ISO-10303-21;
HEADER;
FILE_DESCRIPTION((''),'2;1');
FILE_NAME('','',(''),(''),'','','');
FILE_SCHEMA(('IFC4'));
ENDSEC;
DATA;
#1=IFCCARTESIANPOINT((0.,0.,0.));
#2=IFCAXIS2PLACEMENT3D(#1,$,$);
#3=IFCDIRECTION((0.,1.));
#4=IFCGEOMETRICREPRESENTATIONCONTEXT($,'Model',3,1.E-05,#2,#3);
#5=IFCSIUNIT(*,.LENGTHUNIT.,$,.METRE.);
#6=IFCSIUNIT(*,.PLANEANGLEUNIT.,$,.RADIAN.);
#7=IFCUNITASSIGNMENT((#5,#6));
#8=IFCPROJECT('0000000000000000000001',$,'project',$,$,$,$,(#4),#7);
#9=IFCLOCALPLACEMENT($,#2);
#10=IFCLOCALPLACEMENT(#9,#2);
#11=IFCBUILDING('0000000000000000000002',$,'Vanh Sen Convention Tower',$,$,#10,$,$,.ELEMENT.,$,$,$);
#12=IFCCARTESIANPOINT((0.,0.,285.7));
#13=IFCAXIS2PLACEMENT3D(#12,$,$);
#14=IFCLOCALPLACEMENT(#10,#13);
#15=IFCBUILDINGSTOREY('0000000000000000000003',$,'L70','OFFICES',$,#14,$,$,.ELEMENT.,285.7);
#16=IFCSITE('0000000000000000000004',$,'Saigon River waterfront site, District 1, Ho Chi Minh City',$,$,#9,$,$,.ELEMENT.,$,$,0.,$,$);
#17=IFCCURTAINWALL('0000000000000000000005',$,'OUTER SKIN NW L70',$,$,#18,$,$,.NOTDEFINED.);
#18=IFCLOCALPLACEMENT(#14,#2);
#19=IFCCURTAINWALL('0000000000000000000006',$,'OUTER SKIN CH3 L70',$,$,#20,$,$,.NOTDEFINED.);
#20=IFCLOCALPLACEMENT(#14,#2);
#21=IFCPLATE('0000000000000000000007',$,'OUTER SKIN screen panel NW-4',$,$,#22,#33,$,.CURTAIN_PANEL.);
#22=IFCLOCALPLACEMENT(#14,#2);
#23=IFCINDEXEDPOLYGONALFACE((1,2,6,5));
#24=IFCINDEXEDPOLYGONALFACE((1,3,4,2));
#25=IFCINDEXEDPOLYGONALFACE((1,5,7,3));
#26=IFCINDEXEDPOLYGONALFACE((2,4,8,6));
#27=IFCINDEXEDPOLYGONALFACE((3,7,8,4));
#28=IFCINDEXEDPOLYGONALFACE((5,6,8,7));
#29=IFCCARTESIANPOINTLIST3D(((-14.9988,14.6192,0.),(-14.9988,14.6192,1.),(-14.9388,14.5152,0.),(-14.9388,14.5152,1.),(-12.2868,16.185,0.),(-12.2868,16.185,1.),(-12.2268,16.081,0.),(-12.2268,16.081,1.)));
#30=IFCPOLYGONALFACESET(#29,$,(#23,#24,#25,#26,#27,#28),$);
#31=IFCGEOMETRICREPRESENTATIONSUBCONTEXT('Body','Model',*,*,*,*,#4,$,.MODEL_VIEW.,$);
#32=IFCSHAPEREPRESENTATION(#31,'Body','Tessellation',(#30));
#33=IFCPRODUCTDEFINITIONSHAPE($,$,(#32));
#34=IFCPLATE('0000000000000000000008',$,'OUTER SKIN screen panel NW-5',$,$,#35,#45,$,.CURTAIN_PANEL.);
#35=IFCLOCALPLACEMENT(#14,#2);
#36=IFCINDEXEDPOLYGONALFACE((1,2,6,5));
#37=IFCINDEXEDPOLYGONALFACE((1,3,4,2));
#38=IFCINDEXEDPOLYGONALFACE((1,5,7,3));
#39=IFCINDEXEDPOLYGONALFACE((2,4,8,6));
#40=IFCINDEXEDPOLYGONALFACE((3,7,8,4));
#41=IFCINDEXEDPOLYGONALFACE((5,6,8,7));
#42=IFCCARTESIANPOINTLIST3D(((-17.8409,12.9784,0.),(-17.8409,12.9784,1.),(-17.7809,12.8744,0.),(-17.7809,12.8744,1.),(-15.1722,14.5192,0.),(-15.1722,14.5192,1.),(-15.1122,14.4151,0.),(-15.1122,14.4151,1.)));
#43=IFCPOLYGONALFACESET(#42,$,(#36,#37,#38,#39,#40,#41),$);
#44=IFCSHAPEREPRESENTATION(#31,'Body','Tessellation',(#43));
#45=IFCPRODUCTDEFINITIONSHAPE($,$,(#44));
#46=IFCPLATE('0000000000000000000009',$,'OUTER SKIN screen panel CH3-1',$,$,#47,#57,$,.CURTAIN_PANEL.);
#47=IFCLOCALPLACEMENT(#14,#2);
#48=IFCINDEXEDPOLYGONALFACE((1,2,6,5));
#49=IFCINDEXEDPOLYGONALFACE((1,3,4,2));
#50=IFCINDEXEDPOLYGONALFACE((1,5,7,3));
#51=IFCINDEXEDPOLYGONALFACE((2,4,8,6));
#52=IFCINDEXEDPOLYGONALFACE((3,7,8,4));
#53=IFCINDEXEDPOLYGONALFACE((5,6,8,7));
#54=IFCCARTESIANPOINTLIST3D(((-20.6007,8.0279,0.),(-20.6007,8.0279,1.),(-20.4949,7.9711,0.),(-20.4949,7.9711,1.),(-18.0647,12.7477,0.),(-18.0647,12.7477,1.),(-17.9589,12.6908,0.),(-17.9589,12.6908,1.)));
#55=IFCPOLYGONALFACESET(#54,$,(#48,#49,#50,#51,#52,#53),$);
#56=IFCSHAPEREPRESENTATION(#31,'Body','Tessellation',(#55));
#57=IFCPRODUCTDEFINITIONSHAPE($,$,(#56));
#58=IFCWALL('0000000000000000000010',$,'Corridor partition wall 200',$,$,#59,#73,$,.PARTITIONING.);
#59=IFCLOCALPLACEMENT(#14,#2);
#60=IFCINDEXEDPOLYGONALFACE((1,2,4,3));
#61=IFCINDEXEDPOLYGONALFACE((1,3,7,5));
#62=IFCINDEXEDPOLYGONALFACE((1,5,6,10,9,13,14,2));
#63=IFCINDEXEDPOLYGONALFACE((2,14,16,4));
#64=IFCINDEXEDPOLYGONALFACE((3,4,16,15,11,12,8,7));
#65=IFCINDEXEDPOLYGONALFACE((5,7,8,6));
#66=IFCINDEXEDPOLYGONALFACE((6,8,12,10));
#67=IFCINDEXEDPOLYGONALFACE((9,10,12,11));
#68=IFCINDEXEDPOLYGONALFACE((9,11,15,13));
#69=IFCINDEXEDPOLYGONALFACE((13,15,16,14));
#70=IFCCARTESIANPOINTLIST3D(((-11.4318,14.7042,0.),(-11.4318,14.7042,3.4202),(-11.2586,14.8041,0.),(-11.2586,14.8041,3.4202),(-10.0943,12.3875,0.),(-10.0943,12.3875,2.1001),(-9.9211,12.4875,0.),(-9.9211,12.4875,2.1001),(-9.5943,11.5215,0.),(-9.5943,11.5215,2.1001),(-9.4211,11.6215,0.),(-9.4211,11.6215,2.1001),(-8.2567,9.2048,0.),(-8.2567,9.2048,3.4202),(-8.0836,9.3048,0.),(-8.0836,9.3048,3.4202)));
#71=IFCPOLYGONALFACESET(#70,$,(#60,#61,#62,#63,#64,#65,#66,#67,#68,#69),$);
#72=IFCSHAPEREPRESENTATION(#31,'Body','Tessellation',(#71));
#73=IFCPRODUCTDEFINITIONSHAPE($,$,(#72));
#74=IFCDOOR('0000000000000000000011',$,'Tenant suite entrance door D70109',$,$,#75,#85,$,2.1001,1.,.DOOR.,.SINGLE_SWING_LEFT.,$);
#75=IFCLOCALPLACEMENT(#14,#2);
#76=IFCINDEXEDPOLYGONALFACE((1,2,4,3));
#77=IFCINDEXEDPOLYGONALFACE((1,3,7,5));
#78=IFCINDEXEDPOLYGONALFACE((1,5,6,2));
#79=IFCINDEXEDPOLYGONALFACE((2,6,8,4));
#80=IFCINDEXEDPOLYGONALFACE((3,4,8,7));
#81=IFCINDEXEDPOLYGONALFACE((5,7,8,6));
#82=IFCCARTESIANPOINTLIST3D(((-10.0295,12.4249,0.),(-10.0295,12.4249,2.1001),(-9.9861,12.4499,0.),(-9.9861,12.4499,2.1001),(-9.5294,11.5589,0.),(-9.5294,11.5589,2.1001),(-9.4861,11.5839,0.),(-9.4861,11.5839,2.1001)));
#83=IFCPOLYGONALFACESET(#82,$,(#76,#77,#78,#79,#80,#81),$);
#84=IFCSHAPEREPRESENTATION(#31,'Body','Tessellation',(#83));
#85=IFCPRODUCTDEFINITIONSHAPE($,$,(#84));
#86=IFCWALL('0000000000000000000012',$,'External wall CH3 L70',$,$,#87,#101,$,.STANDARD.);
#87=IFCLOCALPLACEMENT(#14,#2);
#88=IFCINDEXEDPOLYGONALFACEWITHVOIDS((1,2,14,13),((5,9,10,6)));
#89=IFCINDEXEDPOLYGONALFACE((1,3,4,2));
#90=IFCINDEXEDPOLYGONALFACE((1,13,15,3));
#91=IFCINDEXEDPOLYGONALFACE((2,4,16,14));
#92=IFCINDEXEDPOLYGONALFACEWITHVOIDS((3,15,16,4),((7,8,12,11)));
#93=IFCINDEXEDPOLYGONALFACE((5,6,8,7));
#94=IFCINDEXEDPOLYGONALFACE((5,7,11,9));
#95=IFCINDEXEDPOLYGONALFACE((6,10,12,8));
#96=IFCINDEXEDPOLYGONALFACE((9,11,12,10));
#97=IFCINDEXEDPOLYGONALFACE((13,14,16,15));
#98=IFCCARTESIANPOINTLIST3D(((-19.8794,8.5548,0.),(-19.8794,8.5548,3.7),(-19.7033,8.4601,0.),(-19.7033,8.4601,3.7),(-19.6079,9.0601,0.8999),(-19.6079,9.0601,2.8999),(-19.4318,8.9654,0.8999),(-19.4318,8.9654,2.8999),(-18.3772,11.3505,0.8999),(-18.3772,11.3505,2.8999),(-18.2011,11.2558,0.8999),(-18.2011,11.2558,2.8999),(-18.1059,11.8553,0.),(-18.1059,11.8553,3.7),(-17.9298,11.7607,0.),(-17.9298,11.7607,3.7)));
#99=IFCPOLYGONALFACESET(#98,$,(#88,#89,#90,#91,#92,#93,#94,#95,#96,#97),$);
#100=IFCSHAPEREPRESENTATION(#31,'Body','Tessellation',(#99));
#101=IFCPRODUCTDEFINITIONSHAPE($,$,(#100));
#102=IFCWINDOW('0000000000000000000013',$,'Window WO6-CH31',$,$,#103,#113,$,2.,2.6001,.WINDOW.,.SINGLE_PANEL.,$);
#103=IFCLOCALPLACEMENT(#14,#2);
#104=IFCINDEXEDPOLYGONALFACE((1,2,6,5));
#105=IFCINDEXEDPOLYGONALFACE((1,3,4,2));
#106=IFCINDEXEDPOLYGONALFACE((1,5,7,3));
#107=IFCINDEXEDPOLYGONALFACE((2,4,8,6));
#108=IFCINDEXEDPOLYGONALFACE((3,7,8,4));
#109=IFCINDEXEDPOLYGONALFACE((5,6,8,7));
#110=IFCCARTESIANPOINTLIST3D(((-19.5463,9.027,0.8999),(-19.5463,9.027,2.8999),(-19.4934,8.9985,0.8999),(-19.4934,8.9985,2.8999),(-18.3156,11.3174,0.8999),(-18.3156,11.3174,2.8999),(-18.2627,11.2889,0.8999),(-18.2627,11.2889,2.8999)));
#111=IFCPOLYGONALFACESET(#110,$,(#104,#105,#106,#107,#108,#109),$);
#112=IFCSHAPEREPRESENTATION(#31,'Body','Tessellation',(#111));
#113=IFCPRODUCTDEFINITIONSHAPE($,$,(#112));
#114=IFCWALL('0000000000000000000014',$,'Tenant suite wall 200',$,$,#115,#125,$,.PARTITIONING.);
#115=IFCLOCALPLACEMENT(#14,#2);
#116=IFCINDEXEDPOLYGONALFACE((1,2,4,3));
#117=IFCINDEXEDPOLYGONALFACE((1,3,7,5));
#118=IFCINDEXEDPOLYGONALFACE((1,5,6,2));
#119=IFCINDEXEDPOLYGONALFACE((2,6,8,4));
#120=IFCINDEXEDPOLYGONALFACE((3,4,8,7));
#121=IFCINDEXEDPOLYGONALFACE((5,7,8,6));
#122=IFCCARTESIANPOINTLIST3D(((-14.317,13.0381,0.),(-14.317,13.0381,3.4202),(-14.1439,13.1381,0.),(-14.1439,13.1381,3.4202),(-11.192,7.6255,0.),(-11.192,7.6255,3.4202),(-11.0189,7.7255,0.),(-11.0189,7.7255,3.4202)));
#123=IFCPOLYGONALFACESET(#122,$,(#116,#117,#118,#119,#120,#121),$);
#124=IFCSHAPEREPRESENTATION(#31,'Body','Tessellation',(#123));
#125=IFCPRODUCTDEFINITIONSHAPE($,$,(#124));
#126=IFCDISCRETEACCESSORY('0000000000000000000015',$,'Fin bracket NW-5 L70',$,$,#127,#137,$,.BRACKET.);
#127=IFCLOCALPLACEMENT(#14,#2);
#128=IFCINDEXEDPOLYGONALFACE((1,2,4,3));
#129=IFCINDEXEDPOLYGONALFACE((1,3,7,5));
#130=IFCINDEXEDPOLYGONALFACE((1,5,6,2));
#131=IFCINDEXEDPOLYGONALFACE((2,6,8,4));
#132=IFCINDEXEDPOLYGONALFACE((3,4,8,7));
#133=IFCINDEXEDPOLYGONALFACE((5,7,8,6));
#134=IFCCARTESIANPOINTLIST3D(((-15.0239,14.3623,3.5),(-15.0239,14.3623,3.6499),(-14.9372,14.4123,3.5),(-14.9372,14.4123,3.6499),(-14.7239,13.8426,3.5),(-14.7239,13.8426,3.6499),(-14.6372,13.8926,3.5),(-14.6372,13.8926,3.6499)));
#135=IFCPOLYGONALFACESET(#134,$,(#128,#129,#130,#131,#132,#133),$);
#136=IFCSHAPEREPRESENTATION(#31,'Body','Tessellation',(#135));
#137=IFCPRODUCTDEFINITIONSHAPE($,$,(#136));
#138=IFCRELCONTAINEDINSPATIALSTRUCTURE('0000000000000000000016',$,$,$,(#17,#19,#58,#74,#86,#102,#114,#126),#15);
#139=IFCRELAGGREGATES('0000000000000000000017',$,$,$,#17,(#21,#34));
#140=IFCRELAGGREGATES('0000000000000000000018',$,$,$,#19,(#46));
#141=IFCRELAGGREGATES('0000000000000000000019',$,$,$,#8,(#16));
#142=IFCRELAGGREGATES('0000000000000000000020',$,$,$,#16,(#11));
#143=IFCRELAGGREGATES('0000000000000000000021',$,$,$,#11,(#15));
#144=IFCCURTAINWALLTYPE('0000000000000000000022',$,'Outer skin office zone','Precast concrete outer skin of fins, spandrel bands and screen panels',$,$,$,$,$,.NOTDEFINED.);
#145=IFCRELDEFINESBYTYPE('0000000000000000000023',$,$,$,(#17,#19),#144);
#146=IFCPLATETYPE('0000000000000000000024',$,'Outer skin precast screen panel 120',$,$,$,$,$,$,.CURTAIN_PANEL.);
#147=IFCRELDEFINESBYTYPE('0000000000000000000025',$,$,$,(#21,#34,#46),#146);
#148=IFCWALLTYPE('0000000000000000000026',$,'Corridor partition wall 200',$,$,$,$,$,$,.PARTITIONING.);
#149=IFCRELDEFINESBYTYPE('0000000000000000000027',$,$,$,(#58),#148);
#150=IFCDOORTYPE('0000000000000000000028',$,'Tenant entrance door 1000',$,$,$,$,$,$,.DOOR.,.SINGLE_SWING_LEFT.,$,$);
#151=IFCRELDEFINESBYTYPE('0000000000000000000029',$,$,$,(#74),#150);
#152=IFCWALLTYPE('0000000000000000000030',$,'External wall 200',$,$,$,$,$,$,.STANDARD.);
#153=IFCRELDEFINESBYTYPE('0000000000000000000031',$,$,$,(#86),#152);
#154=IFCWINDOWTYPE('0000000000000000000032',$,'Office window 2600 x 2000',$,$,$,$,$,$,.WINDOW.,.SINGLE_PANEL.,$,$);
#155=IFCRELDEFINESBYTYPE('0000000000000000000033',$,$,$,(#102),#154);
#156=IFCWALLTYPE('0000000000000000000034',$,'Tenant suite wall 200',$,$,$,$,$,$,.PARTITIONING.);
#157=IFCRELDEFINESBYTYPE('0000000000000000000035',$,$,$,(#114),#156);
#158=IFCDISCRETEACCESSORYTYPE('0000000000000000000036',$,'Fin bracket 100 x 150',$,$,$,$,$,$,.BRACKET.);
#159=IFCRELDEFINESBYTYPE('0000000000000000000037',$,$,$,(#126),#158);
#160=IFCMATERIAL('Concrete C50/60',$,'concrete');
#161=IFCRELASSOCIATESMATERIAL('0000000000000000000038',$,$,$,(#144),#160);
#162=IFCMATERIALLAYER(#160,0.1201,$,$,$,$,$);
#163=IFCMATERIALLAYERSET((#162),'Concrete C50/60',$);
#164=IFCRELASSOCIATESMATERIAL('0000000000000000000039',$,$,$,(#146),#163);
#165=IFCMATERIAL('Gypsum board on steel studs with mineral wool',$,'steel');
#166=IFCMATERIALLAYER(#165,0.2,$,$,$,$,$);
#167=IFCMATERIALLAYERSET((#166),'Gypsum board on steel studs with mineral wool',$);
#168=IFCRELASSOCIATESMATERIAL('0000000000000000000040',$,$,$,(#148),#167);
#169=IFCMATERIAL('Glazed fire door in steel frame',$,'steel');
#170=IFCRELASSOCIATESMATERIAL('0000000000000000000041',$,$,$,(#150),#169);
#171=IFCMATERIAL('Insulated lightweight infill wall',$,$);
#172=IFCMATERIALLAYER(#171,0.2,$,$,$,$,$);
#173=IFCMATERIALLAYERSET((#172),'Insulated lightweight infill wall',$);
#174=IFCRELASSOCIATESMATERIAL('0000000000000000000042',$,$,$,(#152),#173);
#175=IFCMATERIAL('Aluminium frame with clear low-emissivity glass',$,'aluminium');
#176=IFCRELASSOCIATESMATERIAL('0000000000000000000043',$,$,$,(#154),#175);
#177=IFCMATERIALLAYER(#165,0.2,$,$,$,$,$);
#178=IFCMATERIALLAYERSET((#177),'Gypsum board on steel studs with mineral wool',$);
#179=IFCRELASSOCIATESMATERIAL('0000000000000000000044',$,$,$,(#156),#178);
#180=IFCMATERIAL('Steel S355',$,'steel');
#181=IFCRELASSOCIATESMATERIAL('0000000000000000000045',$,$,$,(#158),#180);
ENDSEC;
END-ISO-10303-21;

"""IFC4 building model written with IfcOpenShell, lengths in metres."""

from ifc_helpers import new_model, si_unit, direction, frame, frame_2d, origin, origin_2d, place, context, subcontext, project, spatial, rectangle, extrude, material, layer, layer_set, type_object, element, fill, aggregate, save


model = new_model("IFC4")

# Units and contexts
model_context = context("Model", 3, precision=1e-05, world=origin(), true_north=direction((0.0, 1.0)))
body_context = subcontext(model_context, "Body", "Model", "MODEL_VIEW")
ifc_project = project(units=[si_unit("LENGTHUNIT", "METRE"), si_unit("PLANEANGLEUNIT", "RADIAN")], contexts=[model_context])

# Site, building, storey
site_placement = place(None, origin())
site = spatial("IfcSite", under=ifc_project, at=site_placement, Name="Saigon River waterfront site, District 1, Ho Chi Minh City", CompositionType="ELEMENT", RefElevation=0.0)
building_placement = place(site_placement, origin())
building = spatial("IfcBuilding", under=site, at=building_placement, Name="Vanh Sen Convention Tower", CompositionType="ELEMENT")
storey_placement = place(building_placement, frame((0.0, 0.0, 285.7)))
storey = spatial("IfcBuildingStorey", under=building, at=storey_placement, Name="L70", Description="OFFICES", CompositionType="ELEMENT", Elevation=285.7)

# Curtain wall
ifc_material_1 = material(Name="Concrete C50/60", Category="concrete")
curtain_wall_type = type_object("IfcCurtainWallType", Name="Outer skin office zone", Description="Precast concrete outer skin of fins, spandrel bands and screen panels", PredefinedType="NOTDEFINED", material=ifc_material_1)
curtain_wall_1_placement = place(storey_placement, origin())
curtain_wall_1 = element("IfcCurtainWall", 1, at=curtain_wall_1_placement, inside=storey, type_object=curtain_wall_type, Name="OUTER SKIN NW L70", PredefinedType="NOTDEFINED")

# Curtain wall
curtain_wall_2_placement = place(storey_placement, origin())
curtain_wall_2 = element("IfcCurtainWall", 2, at=curtain_wall_2_placement, inside=storey, type_object=curtain_wall_type, Name="OUTER SKIN CH3 L70", PredefinedType="NOTDEFINED")

# Plates
ifc_layer_1 = layer(ifc_material_1, 0.1201)
ifc_layer_set_1 = layer_set([ifc_layer_1], Name="Concrete C50/60")
plate_type = type_object("IfcPlateType", Name="Outer skin precast screen panel 120", PredefinedType="CURTAIN_PANEL", material=ifc_layer_set_1)
plate_1_placement = place(storey_placement, frame((-13.6128, 15.3501, 0.0), z_axis=(0.0, 0.0, 1.0), x_axis=(-0.866016, -0.500017, 0.0)))
plate_1 = element("IfcPlate", 3, at=plate_1_placement, type_object=plate_type, Name="OUTER SKIN screen panel NW-4", PredefinedType="CURTAIN_PANEL", context=body_context, shape_type="SweptSolid", body=[
    extrude(rectangle(XDim=3.1316, YDim=0.1201, at=origin_2d()), origin(), (0.0, 0.0, 1.0), 1.0),
])
plate_2_placement = place(storey_placement, frame((-16.4766, 13.6968, 0.0), z_axis=(0.0, 0.0, 1.0), x_axis=(-0.866029, -0.499994, 0.0)))
plate_2 = element("IfcPlate", 4, at=plate_2_placement, type_object=plate_type, Name="OUTER SKIN screen panel NW-5", PredefinedType="CURTAIN_PANEL", context=body_context, shape_type="SweptSolid", body=[
    extrude(rectangle(XDim=3.0815, YDim=0.1201, at=origin_2d()), origin(), (0.0, 0.0, 1.0), 1.0),
])
aggregate(curtain_wall_1, [plate_1, plate_2])
plate_3_placement = place(storey_placement, frame((-19.2798, 10.3594, 0.0), z_axis=(0.0, 0.0, 1.0), x_axis=(-0.473324, -0.880888, 0.0)))
plate_3 = element("IfcPlate", 5, at=plate_3_placement, type_object=plate_type, Name="OUTER SKIN screen panel CH3-1", PredefinedType="CURTAIN_PANEL", context=body_context, shape_type="SweptSolid", body=[
    extrude(rectangle(XDim=5.3579, YDim=0.1201, at=origin_2d()), origin(), (0.0, 0.0, 1.0), 1.0),
])
aggregate(curtain_wall_2, [plate_3])

# Wall, opening, door
ifc_material_2 = material(Name="Gypsum board on steel studs with mineral wool", Category="steel")
ifc_layer_2 = layer(ifc_material_2, 0.2)
ifc_layer_set_2 = layer_set([ifc_layer_2], Name="Gypsum board on steel studs with mineral wool")
wall_type_1 = type_object("IfcWallType", Name="Corridor partition wall 200", PredefinedType="PARTITIONING", material=ifc_layer_set_2)
wall_1_placement = place(storey_placement, frame((-11.3452, 14.7542, 0.0), z_axis=(0.0, 0.0, 1.0), x_axis=(0.500005, -0.866022, 0.0)))
wall_1 = element("IfcWall", 6, at=wall_1_placement, inside=storey, type_object=wall_type_1, Name="Corridor partition wall 200", PredefinedType="PARTITIONING", context=body_context, shape_type="SweptSolid", body=[
    extrude(rectangle(XDim=6.3501, YDim=0.2, at=frame_2d((3.175, 0.0))), origin(), (0.0, 0.0, 1.0), 3.4202),
])
opening_1_placement = place(wall_1_placement, frame((2.675, 0.0, 0.0)))
opening_1 = element("IfcOpeningElement", 7, at=opening_1_placement, cuts=wall_1, PredefinedType="OPENING", context=body_context, shape_type="SweptSolid", body=[
    extrude(rectangle(XDim=1.0, YDim=2.1001, at=frame_2d((0.5, 1.05))), frame((0.0, 0.1099, 0.0), z_axis=(0.0, -1.0, 0.0), x_axis=(1.0, 0.0, 0.0)), (0.0, 0.0, 1.0), 0.22),
])
ifc_material_3 = material(Name="Glazed fire door in steel frame", Category="steel")
door_type = type_object("IfcDoorType", Name="Tenant entrance door 1000", OperationType="SINGLE_SWING_LEFT", PredefinedType="DOOR", material=ifc_material_3)
door_placement = place(opening_1_placement, origin())
door = element("IfcDoor", 8, at=door_placement, inside=storey, type_object=door_type, Name="Tenant suite entrance door D70109", OperationType="SINGLE_SWING_LEFT", OverallHeight=2.1001, OverallWidth=1.0, PredefinedType="DOOR", context=body_context, shape_type="SweptSolid", body=[
    extrude(rectangle(XDim=1.0, YDim=2.1001, at=frame_2d((0.5, 1.05))), frame((0.0, 0.0249, 0.0), z_axis=(0.0, -1.0, 0.0), x_axis=(1.0, 0.0, 0.0)), (0.0, 0.0, 1.0), 0.05),
])
fill(opening_1, door)

# Wall, opening, window
ifc_material_4 = material(Name="Insulated lightweight infill wall")
ifc_layer_3 = layer(ifc_material_4, 0.2)
ifc_layer_set_3 = layer_set([ifc_layer_3], Name="Insulated lightweight infill wall")
wall_type_2 = type_object("IfcWallType", Name="External wall 200", PredefinedType="STANDARD", material=ifc_layer_set_3)
wall_2_placement = place(storey_placement, frame((-18.0178, 11.8081, 0.0), z_axis=(0.0, 0.0, 1.0), x_axis=(-0.473319, -0.880891, 0.0)))
wall_2 = element("IfcWall", 9, at=wall_2_placement, inside=storey, type_object=wall_type_2, Name="External wall CH3 L70", PredefinedType="STANDARD", context=body_context, shape_type="SweptSolid", body=[
    extrude(rectangle(XDim=3.7468, YDim=0.2, at=frame_2d((1.8735, 0.0))), origin(), (0.0, 0.0, 1.0), 3.7),
])
opening_2_placement = place(wall_2_placement, frame((0.5732, 0.0, 0.8999)))
opening_2 = element("IfcOpeningElement", 10, at=opening_2_placement, cuts=wall_2, PredefinedType="OPENING", context=body_context, shape_type="SweptSolid", body=[
    extrude(rectangle(XDim=2.6001, YDim=2.0, at=frame_2d((1.3, 1.0))), frame((0.0, 0.1099, 0.0), z_axis=(0.0, -1.0, 0.0), x_axis=(1.0, 0.0, 0.0)), (0.0, 0.0, 1.0), 0.22),
])
ifc_material_5 = material(Name="Aluminium frame with clear low-emissivity glass", Category="aluminium")
window_type = type_object("IfcWindowType", Name="Office window 2600 x 2000", PartitioningType="SINGLE_PANEL", PredefinedType="WINDOW", material=ifc_material_5)
window_placement = place(opening_2_placement, origin())
window = element("IfcWindow", 11, at=window_placement, inside=storey, type_object=window_type, Name="Window WO6-CH31", OverallHeight=2.0, OverallWidth=2.6001, PartitioningType="SINGLE_PANEL", PredefinedType="WINDOW", context=body_context, shape_type="SweptSolid", body=[
    extrude(rectangle(XDim=2.6001, YDim=2.0, at=frame_2d((1.3, 1.0))), frame((0.0, 0.03, 0.0), z_axis=(0.0, -1.0, 0.0), x_axis=(1.0, 0.0, 0.0)), (0.0, 0.0, 1.0), 0.0601),
])
fill(opening_2, window)

# Wall
ifc_layer_4 = layer(ifc_material_2, 0.2)
ifc_layer_set_4 = layer_set([ifc_layer_4], Name="Gypsum board on steel studs with mineral wool")
wall_type_3 = type_object("IfcWallType", Name="Tenant suite wall 200", PredefinedType="PARTITIONING", material=ifc_layer_set_4)
wall_3_placement = place(storey_placement, frame((-14.2305, 13.0881, 0.0), z_axis=(0.0, 0.0, 1.0), x_axis=(0.500004, -0.866023, 0.0)))
element("IfcWall", 12, at=wall_3_placement, inside=storey, type_object=wall_type_3, Name="Tenant suite wall 200", PredefinedType="PARTITIONING", context=body_context, shape_type="SweptSolid", body=[
    extrude(rectangle(XDim=6.25, YDim=0.2, at=frame_2d((3.125, 0.0))), origin(), (0.0, 0.0, 1.0), 3.4202),
])

# Discrete accessory
ifc_material_6 = material(Name="Steel S355", Category="steel")
discrete_accessory_type = type_object("IfcDiscreteAccessoryType", Name="Fin bracket 100 x 150", PredefinedType="BRACKET", material=ifc_material_6)
discrete_accessory_placement = place(storey_placement, frame((-14.8306, 14.1274, 3.5), z_axis=(0.0, 0.0, 1.0), x_axis=(-0.5, 0.866025, 0.0)))
element("IfcDiscreteAccessory", 13, at=discrete_accessory_placement, inside=storey, type_object=discrete_accessory_type, Name="Fin bracket NW-5 L70", PredefinedType="BRACKET", context=body_context, shape_type="SweptSolid", body=[
    extrude(rectangle(XDim=0.6001, YDim=0.1001, at=origin_2d()), origin(), (0.0, 0.0, 1.0), 0.1499),
])

save(model, "model.ifc")
